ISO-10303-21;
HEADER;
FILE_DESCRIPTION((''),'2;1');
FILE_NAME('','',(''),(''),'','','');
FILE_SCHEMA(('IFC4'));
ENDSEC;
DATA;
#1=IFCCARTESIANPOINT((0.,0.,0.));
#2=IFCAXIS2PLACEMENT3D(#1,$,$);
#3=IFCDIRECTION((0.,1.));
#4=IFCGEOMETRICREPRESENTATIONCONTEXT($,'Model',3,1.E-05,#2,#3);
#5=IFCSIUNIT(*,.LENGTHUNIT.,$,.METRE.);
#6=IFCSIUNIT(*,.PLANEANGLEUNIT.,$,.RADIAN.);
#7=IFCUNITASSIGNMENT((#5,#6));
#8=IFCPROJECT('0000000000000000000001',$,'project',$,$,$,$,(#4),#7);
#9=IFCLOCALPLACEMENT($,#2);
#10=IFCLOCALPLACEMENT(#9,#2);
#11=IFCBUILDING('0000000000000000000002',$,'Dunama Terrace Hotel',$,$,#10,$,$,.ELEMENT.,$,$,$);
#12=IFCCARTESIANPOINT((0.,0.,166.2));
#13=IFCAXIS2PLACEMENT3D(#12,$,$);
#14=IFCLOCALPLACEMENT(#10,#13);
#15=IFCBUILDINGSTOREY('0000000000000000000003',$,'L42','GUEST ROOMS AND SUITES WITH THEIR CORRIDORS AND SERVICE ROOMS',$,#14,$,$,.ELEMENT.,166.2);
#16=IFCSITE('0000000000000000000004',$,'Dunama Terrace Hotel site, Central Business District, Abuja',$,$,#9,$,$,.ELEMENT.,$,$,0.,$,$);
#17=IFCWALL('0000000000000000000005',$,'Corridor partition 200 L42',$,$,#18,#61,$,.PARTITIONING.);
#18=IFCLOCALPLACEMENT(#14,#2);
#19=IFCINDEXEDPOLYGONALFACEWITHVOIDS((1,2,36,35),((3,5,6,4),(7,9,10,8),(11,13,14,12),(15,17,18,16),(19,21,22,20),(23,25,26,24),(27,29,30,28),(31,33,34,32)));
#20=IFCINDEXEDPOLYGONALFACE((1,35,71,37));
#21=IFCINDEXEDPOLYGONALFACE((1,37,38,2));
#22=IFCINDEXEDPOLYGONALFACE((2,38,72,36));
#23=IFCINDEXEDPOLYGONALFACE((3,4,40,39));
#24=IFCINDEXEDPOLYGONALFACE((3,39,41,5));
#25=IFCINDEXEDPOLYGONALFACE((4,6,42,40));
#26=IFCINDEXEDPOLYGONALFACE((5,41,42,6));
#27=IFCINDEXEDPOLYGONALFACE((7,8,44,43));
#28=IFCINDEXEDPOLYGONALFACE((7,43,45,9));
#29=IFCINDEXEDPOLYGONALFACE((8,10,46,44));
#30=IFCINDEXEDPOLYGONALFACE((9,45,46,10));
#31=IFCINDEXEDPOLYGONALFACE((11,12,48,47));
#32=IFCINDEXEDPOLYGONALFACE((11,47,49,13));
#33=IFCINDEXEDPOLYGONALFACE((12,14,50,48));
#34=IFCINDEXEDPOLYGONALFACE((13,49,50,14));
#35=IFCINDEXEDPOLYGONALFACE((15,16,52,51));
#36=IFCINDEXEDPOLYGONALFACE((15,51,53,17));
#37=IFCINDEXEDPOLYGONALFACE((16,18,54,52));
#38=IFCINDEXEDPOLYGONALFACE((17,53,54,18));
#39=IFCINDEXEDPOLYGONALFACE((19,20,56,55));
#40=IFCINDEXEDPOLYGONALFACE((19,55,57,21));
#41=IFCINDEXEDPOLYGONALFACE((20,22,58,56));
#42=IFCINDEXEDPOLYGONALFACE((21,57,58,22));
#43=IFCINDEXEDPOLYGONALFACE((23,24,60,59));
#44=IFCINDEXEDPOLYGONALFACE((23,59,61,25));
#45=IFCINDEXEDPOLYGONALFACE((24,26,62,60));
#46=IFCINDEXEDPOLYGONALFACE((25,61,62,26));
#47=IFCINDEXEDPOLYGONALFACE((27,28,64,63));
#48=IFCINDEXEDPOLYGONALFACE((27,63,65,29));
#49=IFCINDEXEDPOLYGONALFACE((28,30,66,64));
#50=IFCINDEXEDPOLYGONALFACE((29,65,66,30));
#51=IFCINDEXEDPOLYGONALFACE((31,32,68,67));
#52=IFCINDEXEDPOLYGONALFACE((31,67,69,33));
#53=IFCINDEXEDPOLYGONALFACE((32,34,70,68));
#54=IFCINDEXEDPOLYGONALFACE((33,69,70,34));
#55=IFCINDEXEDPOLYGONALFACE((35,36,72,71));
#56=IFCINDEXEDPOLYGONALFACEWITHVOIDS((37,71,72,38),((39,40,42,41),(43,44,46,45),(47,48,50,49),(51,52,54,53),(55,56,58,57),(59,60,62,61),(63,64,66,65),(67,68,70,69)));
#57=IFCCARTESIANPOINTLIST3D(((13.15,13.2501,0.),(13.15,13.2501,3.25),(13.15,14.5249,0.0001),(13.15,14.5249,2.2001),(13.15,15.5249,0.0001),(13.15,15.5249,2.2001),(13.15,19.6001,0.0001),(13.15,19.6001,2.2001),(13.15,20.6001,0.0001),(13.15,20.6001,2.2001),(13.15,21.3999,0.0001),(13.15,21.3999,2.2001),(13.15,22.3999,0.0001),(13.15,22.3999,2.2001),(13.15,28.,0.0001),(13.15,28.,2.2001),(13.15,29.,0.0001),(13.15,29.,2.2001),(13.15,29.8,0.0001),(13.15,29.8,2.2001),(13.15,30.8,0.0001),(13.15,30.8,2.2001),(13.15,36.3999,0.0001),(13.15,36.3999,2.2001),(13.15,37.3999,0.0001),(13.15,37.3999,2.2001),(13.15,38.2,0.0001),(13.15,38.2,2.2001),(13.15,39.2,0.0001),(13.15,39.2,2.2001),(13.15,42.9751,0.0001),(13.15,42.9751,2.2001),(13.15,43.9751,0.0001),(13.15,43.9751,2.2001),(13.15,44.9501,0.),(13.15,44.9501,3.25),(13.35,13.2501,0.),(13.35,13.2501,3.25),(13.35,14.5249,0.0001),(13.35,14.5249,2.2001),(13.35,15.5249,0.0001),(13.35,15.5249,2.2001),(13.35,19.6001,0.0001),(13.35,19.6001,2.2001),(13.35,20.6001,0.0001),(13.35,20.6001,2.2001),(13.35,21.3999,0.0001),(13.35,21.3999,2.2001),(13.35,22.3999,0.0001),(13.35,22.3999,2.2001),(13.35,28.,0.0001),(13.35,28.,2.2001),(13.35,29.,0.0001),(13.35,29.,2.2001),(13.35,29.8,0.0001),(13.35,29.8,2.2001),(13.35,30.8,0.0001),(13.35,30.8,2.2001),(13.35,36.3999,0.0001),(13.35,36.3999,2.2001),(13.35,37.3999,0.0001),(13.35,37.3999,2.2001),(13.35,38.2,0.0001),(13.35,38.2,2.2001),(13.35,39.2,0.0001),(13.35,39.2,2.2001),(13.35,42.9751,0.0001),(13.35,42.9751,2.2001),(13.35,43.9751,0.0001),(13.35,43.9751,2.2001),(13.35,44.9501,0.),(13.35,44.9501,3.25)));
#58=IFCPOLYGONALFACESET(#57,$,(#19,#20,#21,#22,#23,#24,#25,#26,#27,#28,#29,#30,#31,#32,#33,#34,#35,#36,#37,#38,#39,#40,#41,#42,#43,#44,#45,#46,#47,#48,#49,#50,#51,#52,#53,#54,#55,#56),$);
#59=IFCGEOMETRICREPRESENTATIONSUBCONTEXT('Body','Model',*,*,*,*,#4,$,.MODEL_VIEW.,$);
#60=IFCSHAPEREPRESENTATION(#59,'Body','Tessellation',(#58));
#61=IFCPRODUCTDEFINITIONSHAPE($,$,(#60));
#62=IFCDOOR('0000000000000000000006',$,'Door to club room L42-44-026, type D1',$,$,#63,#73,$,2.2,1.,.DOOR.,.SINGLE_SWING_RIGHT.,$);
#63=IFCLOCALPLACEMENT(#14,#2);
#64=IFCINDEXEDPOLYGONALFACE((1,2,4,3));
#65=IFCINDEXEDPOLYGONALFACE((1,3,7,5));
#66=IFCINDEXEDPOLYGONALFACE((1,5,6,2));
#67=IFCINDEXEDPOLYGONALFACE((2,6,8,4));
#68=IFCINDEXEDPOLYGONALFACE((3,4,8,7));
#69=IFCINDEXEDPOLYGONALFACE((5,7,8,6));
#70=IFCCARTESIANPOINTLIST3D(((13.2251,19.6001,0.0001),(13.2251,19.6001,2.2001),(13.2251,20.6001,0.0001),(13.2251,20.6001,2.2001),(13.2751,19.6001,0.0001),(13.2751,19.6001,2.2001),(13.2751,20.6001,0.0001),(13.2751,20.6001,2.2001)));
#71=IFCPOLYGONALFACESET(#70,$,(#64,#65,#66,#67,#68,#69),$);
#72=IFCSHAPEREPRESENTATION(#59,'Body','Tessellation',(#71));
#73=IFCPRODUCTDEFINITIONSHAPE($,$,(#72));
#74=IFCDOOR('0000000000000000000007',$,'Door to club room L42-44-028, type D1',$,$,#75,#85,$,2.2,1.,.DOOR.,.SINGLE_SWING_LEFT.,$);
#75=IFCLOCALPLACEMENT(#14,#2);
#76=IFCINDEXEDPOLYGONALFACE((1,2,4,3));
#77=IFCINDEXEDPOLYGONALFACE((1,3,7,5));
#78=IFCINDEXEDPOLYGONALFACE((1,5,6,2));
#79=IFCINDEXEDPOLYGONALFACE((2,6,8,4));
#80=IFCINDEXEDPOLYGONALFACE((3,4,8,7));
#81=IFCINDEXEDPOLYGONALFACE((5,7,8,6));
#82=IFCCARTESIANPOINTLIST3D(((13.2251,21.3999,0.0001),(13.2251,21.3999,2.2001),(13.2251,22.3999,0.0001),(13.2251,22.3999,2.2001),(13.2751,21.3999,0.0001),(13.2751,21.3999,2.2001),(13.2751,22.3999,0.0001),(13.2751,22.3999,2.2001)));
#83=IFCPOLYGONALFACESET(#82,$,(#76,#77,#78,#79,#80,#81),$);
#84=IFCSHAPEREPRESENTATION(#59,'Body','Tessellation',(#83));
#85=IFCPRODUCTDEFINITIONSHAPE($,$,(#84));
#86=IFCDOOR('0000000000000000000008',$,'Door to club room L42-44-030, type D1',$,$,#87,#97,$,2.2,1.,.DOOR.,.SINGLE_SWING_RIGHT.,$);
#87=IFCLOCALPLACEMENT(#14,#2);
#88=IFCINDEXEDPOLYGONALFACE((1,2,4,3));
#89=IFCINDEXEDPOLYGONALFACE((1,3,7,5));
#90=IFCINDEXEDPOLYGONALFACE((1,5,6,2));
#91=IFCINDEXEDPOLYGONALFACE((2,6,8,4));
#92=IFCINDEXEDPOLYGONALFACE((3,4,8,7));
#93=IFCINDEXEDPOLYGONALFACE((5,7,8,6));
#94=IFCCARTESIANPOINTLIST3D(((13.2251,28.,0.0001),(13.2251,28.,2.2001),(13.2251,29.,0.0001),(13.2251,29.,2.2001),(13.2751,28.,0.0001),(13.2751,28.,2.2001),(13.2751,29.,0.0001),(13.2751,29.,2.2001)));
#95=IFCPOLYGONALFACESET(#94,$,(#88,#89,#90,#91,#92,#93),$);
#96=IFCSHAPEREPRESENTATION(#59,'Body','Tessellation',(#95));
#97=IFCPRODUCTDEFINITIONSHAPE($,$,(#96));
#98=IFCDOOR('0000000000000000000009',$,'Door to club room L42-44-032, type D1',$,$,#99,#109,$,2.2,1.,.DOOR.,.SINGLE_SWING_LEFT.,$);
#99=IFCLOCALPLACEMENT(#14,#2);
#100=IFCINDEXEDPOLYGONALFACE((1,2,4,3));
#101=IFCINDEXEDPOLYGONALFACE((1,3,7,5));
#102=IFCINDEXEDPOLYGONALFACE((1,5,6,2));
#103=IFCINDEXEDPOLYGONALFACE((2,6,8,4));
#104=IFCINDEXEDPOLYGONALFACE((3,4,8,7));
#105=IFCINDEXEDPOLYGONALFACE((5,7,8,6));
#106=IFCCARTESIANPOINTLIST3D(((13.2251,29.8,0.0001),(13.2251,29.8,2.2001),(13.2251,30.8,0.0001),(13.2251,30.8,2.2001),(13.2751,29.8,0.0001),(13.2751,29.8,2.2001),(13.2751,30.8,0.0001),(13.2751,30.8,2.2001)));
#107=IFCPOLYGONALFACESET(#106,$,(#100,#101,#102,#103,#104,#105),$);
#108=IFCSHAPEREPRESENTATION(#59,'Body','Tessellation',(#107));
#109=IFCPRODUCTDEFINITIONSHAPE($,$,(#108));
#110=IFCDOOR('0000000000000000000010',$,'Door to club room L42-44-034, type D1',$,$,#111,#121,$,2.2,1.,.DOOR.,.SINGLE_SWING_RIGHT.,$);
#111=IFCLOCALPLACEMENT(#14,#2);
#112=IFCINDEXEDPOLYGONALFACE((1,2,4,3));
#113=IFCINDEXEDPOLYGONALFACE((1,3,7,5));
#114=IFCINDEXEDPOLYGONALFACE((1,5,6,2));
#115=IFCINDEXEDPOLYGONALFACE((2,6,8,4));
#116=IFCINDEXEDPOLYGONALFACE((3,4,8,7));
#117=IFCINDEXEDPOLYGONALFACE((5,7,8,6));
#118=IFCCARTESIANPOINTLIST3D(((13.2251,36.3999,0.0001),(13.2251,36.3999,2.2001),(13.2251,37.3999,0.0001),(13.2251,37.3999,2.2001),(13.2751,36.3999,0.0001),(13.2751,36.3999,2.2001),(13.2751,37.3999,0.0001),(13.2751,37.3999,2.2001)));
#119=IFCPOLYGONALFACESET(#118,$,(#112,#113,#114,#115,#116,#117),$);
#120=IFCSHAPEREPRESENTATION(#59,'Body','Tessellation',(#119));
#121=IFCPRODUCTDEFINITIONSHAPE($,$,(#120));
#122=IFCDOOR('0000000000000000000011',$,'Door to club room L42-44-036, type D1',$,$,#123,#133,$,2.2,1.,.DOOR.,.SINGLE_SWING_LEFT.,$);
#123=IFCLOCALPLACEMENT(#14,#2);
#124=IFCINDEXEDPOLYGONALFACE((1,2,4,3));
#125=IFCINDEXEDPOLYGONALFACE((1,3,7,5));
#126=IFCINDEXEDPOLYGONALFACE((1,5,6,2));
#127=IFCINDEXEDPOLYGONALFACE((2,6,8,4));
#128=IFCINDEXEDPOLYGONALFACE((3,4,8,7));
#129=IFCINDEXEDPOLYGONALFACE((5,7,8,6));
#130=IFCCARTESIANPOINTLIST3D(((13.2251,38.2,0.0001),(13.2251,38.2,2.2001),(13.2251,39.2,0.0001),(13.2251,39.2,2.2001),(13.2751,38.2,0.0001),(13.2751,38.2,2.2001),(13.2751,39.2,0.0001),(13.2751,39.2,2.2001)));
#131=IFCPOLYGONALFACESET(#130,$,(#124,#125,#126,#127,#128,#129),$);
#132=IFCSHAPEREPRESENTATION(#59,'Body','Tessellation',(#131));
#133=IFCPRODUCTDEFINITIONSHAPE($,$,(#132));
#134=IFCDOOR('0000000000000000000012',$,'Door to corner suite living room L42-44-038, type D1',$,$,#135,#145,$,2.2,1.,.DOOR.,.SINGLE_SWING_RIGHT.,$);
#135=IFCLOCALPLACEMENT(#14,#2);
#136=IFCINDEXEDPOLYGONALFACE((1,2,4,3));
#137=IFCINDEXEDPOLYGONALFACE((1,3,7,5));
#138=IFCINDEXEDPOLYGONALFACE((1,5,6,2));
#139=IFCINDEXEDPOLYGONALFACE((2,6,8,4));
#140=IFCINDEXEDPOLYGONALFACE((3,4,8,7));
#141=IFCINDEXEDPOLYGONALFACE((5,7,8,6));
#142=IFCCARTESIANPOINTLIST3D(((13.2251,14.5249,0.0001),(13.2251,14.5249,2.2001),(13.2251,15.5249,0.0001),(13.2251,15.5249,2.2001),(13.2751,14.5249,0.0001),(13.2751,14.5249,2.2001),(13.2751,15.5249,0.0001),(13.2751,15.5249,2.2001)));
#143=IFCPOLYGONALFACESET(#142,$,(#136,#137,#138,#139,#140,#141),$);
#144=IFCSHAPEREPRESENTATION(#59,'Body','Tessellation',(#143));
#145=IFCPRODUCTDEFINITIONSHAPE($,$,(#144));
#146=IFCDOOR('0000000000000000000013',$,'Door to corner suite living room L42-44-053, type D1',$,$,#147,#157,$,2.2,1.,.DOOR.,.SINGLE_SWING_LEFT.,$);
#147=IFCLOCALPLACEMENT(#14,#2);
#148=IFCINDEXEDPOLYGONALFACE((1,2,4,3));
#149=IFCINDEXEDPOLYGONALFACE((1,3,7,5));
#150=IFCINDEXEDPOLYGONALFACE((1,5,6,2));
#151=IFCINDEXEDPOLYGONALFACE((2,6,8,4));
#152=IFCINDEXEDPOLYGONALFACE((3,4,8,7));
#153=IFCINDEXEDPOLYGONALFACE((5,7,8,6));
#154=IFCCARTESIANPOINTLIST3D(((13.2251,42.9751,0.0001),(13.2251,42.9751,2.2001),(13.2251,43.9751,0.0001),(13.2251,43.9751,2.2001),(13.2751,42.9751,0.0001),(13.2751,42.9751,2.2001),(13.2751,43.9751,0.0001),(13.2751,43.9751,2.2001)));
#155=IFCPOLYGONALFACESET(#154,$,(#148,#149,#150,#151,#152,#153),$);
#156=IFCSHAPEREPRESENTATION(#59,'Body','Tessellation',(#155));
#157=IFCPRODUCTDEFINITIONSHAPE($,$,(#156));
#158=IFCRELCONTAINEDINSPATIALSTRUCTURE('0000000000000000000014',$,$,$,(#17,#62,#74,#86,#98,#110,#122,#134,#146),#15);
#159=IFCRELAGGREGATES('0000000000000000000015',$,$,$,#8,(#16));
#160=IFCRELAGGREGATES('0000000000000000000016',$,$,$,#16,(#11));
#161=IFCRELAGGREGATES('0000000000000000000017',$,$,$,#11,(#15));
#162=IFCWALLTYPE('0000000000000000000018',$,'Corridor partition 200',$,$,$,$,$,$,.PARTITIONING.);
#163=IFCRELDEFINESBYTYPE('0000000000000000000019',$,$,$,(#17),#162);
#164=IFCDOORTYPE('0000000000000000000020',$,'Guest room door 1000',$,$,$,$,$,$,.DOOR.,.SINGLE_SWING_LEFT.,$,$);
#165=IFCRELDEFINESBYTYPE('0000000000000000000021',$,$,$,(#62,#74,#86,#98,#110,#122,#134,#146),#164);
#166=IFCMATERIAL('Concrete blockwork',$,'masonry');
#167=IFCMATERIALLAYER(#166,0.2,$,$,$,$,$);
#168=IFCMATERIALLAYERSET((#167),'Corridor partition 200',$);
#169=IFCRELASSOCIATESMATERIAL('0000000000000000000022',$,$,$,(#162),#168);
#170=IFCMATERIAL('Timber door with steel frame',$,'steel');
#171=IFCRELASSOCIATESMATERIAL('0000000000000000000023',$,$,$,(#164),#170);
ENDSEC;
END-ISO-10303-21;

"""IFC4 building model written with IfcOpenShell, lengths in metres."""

from ifc_helpers import new_model, si_unit, direction, frame, frame_2d, origin, place, context, subcontext, project, spatial, rectangle, extrude, material, layer, layer_set, type_object, element, fill, save


model = new_model("IFC4")

# Units and contexts
model_context = context("Model", 3, precision=1e-05, world=origin(), true_north=direction((0.0, 1.0)))
body_context = subcontext(model_context, "Body", "Model", "MODEL_VIEW")
ifc_project = project(units=[si_unit("LENGTHUNIT", "METRE"), si_unit("PLANEANGLEUNIT", "RADIAN")], contexts=[model_context])

# Site, building, storey
site_placement = place(None, origin())
site = spatial("IfcSite", under=ifc_project, at=site_placement, Name="Dunama Terrace Hotel site, Central Business District, Abuja", CompositionType="ELEMENT", RefElevation=0.0)
building_placement = place(site_placement, origin())
building = spatial("IfcBuilding", under=site, at=building_placement, Name="Dunama Terrace Hotel", CompositionType="ELEMENT")
storey_placement = place(building_placement, frame((0.0, 0.0, 166.2)))
storey = spatial("IfcBuildingStorey", under=building, at=storey_placement, Name="L42", Description="GUEST ROOMS AND SUITES WITH THEIR CORRIDORS AND SERVICE ROOMS", CompositionType="ELEMENT", Elevation=166.2)

# Wall, openings, doors
ifc_material_1 = material(Name="Concrete blockwork", Category="masonry")
ifc_layer_1 = layer(ifc_material_1, 0.2)
ifc_layer_set_1 = layer_set([ifc_layer_1], Name="Corridor partition 200")
wall_type_1 = type_object("IfcWallType", Name="Corridor partition 200", PredefinedType="PARTITIONING", material=ifc_layer_set_1)
wall_1_placement = place(storey_placement, frame((13.25, 13.25, 0.0), z_axis=(0.0, 0.0, 1.0), x_axis=(0.0, 1.0, 0.0)))
wall_1 = element("IfcWall", 1, at=wall_1_placement, inside=storey, type_object=wall_type_1, Name="Corridor partition 200 L42", PredefinedType="PARTITIONING", context=body_context, shape_type="SweptSolid", body=[
    extrude(rectangle(XDim=31.7, YDim=0.2, at=frame_2d((15.8501, 0.0))), origin(), (0.0, 0.0, 1.0), 3.25),
])
opening_1_placement = place(wall_1_placement, frame((6.3501, 0.0, 0.0)))
opening_1 = element("IfcOpeningElement", 2, at=opening_1_placement, cuts=wall_1, PredefinedType="OPENING", context=body_context, shape_type="SweptSolid", body=[
    extrude(rectangle(XDim=1.0, YDim=2.2, at=frame_2d((0.5, 1.1001))), frame((0.0, 0.1099, 0.0), z_axis=(0.0, -1.0, 0.0), x_axis=(1.0, 0.0, 0.0)), (0.0, 0.0, 1.0), 0.22),
])
opening_2_placement = place(wall_1_placement, frame((8.1499, 0.0, 0.0)))
opening_2 = element("IfcOpeningElement", 3, at=opening_2_placement, cuts=wall_1, PredefinedType="OPENING", context=body_context, shape_type="SweptSolid", body=[
    extrude(rectangle(XDim=1.0, YDim=2.2, at=frame_2d((0.5, 1.1001))), frame((0.0, 0.1099, 0.0), z_axis=(0.0, -1.0, 0.0), x_axis=(1.0, 0.0, 0.0)), (0.0, 0.0, 1.0), 0.22),
])
opening_3_placement = place(wall_1_placement, frame((14.75, 0.0, 0.0)))
opening_3 = element("IfcOpeningElement", 4, at=opening_3_placement, cuts=wall_1, PredefinedType="OPENING", context=body_context, shape_type="SweptSolid", body=[
    extrude(rectangle(XDim=1.0, YDim=2.2, at=frame_2d((0.5, 1.1001))), frame((0.0, 0.1099, 0.0), z_axis=(0.0, -1.0, 0.0), x_axis=(1.0, 0.0, 0.0)), (0.0, 0.0, 1.0), 0.22),
])
opening_4_placement = place(wall_1_placement, frame((16.55, 0.0, 0.0)))
opening_4 = element("IfcOpeningElement", 5, at=opening_4_placement, cuts=wall_1, PredefinedType="OPENING", context=body_context, shape_type="SweptSolid", body=[
    extrude(rectangle(XDim=1.0, YDim=2.2, at=frame_2d((0.5, 1.1001))), frame((0.0, 0.1099, 0.0), z_axis=(0.0, -1.0, 0.0), x_axis=(1.0, 0.0, 0.0)), (0.0, 0.0, 1.0), 0.22),
])
opening_5_placement = place(wall_1_placement, frame((23.1499, 0.0, 0.0)))
opening_5 = element("IfcOpeningElement", 6, at=opening_5_placement, cuts=wall_1, PredefinedType="OPENING", context=body_context, shape_type="SweptSolid", body=[
    extrude(rectangle(XDim=1.0, YDim=2.2, at=frame_2d((0.5, 1.1001))), frame((0.0, 0.1099, 0.0), z_axis=(0.0, -1.0, 0.0), x_axis=(1.0, 0.0, 0.0)), (0.0, 0.0, 1.0), 0.22),
])
opening_6_placement = place(wall_1_placement, frame((24.95, 0.0, 0.0)))
opening_6 = element("IfcOpeningElement", 7, at=opening_6_placement, cuts=wall_1, PredefinedType="OPENING", context=body_context, shape_type="SweptSolid", body=[
    extrude(rectangle(XDim=1.0, YDim=2.2, at=frame_2d((0.5, 1.1001))), frame((0.0, 0.1099, 0.0), z_axis=(0.0, -1.0, 0.0), x_axis=(1.0, 0.0, 0.0)), (0.0, 0.0, 1.0), 0.22),
])
opening_7_placement = place(wall_1_placement, frame((1.2749, 0.0, 0.0)))
opening_7 = element("IfcOpeningElement", 8, at=opening_7_placement, cuts=wall_1, PredefinedType="OPENING", context=body_context, shape_type="SweptSolid", body=[
    extrude(rectangle(XDim=1.0, YDim=2.2, at=frame_2d((0.5, 1.1001))), frame((0.0, 0.1099, 0.0), z_axis=(0.0, -1.0, 0.0), x_axis=(1.0, 0.0, 0.0)), (0.0, 0.0, 1.0), 0.22),
])
opening_8_placement = place(wall_1_placement, frame((29.7251, 0.0, 0.0)))
opening_8 = element("IfcOpeningElement", 9, at=opening_8_placement, cuts=wall_1, PredefinedType="OPENING", context=body_context, shape_type="SweptSolid", body=[
    extrude(rectangle(XDim=1.0, YDim=2.2, at=frame_2d((0.5, 1.1001))), frame((0.0, 0.1099, 0.0), z_axis=(0.0, -1.0, 0.0), x_axis=(1.0, 0.0, 0.0)), (0.0, 0.0, 1.0), 0.22),
])
ifc_material_2 = material(Name="Timber door with steel frame", Category="steel")
door_type_1 = type_object("IfcDoorType", Name="Guest room door 1000", OperationType="SINGLE_SWING_LEFT", PredefinedType="DOOR", material=ifc_material_2)
door_1_placement = place(opening_1_placement, origin())
door_1 = element("IfcDoor", 10, at=door_1_placement, inside=storey, type_object=door_type_1, Name="Door to club room L42-44-026, type D1", OperationType="SINGLE_SWING_RIGHT", OverallHeight=2.2, OverallWidth=1.0, PredefinedType="DOOR", context=body_context, shape_type="SweptSolid", body=[
    extrude(rectangle(XDim=1.0, YDim=2.2, at=frame_2d((0.5, 1.1001))), frame((0.0, 0.0249, 0.0), z_axis=(0.0, -1.0, 0.0), x_axis=(1.0, 0.0, 0.0)), (0.0, 0.0, 1.0), 0.05),
])
fill(opening_1, door_1)
door_2_placement = place(opening_2_placement, origin())
door_2 = element("IfcDoor", 11, at=door_2_placement, inside=storey, type_object=door_type_1, Name="Door to club room L42-44-028, type D1", OperationType="SINGLE_SWING_LEFT", OverallHeight=2.2, OverallWidth=1.0, PredefinedType="DOOR", context=body_context, shape_type="SweptSolid", body=[
    extrude(rectangle(XDim=1.0, YDim=2.2, at=frame_2d((0.5, 1.1001))), frame((0.0, 0.0249, 0.0), z_axis=(0.0, -1.0, 0.0), x_axis=(1.0, 0.0, 0.0)), (0.0, 0.0, 1.0), 0.05),
])
fill(opening_2, door_2)
door_3_placement = place(opening_3_placement, origin())
door_3 = element("IfcDoor", 12, at=door_3_placement, inside=storey, type_object=door_type_1, Name="Door to club room L42-44-030, type D1", OperationType="SINGLE_SWING_RIGHT", OverallHeight=2.2, OverallWidth=1.0, PredefinedType="DOOR", context=body_context, shape_type="SweptSolid", body=[
    extrude(rectangle(XDim=1.0, YDim=2.2, at=frame_2d((0.5, 1.1001))), frame((0.0, 0.0249, 0.0), z_axis=(0.0, -1.0, 0.0), x_axis=(1.0, 0.0, 0.0)), (0.0, 0.0, 1.0), 0.05),
])
fill(opening_3, door_3)
door_4_placement = place(opening_4_placement, origin())
door_4 = element("IfcDoor", 13, at=door_4_placement, inside=storey, type_object=door_type_1, Name="Door to club room L42-44-032, type D1", OperationType="SINGLE_SWING_LEFT", OverallHeight=2.2, OverallWidth=1.0, PredefinedType="DOOR", context=body_context, shape_type="SweptSolid", body=[
    extrude(rectangle(XDim=1.0, YDim=2.2, at=frame_2d((0.5, 1.1001))), frame((0.0, 0.0249, 0.0), z_axis=(0.0, -1.0, 0.0), x_axis=(1.0, 0.0, 0.0)), (0.0, 0.0, 1.0), 0.05),
])
fill(opening_4, door_4)
door_5_placement = place(opening_5_placement, origin())
door_5 = element("IfcDoor", 14, at=door_5_placement, inside=storey, type_object=door_type_1, Name="Door to club room L42-44-034, type D1", OperationType="SINGLE_SWING_RIGHT", OverallHeight=2.2, OverallWidth=1.0, PredefinedType="DOOR", context=body_context, shape_type="SweptSolid", body=[
    extrude(rectangle(XDim=1.0, YDim=2.2, at=frame_2d((0.5, 1.1001))), frame((0.0, 0.0249, 0.0), z_axis=(0.0, -1.0, 0.0), x_axis=(1.0, 0.0, 0.0)), (0.0, 0.0, 1.0), 0.05),
])
fill(opening_5, door_5)
door_6_placement = place(opening_6_placement, origin())
door_6 = element("IfcDoor", 15, at=door_6_placement, inside=storey, type_object=door_type_1, Name="Door to club room L42-44-036, type D1", OperationType="SINGLE_SWING_LEFT", OverallHeight=2.2, OverallWidth=1.0, PredefinedType="DOOR", context=body_context, shape_type="SweptSolid", body=[
    extrude(rectangle(XDim=1.0, YDim=2.2, at=frame_2d((0.5, 1.1001))), frame((0.0, 0.0249, 0.0), z_axis=(0.0, -1.0, 0.0), x_axis=(1.0, 0.0, 0.0)), (0.0, 0.0, 1.0), 0.05),
])
fill(opening_6, door_6)
door_7_placement = place(opening_7_placement, origin())
door_7 = element("IfcDoor", 16, at=door_7_placement, inside=storey, type_object=door_type_1, Name="Door to corner suite living room L42-44-038, type D1", OperationType="SINGLE_SWING_RIGHT", OverallHeight=2.2, OverallWidth=1.0, PredefinedType="DOOR", context=body_context, shape_type="SweptSolid", body=[
    extrude(rectangle(XDim=1.0, YDim=2.2, at=frame_2d((0.5, 1.1001))), frame((0.0, 0.0249, 0.0), z_axis=(0.0, -1.0, 0.0), x_axis=(1.0, 0.0, 0.0)), (0.0, 0.0, 1.0), 0.05),
])
fill(opening_7, door_7)
door_8_placement = place(opening_8_placement, origin())
door_8 = element("IfcDoor", 17, at=door_8_placement, inside=storey, type_object=door_type_1, Name="Door to corner suite living room L42-44-053, type D1", OperationType="SINGLE_SWING_LEFT", OverallHeight=2.2, OverallWidth=1.0, PredefinedType="DOOR", context=body_context, shape_type="SweptSolid", body=[
    extrude(rectangle(XDim=1.0, YDim=2.2, at=frame_2d((0.5, 1.1001))), frame((0.0, 0.0249, 0.0), z_axis=(0.0, -1.0, 0.0), x_axis=(1.0, 0.0, 0.0)), (0.0, 0.0, 1.0), 0.05),
])
fill(opening_8, door_8)

save(model, "model.ifc")
